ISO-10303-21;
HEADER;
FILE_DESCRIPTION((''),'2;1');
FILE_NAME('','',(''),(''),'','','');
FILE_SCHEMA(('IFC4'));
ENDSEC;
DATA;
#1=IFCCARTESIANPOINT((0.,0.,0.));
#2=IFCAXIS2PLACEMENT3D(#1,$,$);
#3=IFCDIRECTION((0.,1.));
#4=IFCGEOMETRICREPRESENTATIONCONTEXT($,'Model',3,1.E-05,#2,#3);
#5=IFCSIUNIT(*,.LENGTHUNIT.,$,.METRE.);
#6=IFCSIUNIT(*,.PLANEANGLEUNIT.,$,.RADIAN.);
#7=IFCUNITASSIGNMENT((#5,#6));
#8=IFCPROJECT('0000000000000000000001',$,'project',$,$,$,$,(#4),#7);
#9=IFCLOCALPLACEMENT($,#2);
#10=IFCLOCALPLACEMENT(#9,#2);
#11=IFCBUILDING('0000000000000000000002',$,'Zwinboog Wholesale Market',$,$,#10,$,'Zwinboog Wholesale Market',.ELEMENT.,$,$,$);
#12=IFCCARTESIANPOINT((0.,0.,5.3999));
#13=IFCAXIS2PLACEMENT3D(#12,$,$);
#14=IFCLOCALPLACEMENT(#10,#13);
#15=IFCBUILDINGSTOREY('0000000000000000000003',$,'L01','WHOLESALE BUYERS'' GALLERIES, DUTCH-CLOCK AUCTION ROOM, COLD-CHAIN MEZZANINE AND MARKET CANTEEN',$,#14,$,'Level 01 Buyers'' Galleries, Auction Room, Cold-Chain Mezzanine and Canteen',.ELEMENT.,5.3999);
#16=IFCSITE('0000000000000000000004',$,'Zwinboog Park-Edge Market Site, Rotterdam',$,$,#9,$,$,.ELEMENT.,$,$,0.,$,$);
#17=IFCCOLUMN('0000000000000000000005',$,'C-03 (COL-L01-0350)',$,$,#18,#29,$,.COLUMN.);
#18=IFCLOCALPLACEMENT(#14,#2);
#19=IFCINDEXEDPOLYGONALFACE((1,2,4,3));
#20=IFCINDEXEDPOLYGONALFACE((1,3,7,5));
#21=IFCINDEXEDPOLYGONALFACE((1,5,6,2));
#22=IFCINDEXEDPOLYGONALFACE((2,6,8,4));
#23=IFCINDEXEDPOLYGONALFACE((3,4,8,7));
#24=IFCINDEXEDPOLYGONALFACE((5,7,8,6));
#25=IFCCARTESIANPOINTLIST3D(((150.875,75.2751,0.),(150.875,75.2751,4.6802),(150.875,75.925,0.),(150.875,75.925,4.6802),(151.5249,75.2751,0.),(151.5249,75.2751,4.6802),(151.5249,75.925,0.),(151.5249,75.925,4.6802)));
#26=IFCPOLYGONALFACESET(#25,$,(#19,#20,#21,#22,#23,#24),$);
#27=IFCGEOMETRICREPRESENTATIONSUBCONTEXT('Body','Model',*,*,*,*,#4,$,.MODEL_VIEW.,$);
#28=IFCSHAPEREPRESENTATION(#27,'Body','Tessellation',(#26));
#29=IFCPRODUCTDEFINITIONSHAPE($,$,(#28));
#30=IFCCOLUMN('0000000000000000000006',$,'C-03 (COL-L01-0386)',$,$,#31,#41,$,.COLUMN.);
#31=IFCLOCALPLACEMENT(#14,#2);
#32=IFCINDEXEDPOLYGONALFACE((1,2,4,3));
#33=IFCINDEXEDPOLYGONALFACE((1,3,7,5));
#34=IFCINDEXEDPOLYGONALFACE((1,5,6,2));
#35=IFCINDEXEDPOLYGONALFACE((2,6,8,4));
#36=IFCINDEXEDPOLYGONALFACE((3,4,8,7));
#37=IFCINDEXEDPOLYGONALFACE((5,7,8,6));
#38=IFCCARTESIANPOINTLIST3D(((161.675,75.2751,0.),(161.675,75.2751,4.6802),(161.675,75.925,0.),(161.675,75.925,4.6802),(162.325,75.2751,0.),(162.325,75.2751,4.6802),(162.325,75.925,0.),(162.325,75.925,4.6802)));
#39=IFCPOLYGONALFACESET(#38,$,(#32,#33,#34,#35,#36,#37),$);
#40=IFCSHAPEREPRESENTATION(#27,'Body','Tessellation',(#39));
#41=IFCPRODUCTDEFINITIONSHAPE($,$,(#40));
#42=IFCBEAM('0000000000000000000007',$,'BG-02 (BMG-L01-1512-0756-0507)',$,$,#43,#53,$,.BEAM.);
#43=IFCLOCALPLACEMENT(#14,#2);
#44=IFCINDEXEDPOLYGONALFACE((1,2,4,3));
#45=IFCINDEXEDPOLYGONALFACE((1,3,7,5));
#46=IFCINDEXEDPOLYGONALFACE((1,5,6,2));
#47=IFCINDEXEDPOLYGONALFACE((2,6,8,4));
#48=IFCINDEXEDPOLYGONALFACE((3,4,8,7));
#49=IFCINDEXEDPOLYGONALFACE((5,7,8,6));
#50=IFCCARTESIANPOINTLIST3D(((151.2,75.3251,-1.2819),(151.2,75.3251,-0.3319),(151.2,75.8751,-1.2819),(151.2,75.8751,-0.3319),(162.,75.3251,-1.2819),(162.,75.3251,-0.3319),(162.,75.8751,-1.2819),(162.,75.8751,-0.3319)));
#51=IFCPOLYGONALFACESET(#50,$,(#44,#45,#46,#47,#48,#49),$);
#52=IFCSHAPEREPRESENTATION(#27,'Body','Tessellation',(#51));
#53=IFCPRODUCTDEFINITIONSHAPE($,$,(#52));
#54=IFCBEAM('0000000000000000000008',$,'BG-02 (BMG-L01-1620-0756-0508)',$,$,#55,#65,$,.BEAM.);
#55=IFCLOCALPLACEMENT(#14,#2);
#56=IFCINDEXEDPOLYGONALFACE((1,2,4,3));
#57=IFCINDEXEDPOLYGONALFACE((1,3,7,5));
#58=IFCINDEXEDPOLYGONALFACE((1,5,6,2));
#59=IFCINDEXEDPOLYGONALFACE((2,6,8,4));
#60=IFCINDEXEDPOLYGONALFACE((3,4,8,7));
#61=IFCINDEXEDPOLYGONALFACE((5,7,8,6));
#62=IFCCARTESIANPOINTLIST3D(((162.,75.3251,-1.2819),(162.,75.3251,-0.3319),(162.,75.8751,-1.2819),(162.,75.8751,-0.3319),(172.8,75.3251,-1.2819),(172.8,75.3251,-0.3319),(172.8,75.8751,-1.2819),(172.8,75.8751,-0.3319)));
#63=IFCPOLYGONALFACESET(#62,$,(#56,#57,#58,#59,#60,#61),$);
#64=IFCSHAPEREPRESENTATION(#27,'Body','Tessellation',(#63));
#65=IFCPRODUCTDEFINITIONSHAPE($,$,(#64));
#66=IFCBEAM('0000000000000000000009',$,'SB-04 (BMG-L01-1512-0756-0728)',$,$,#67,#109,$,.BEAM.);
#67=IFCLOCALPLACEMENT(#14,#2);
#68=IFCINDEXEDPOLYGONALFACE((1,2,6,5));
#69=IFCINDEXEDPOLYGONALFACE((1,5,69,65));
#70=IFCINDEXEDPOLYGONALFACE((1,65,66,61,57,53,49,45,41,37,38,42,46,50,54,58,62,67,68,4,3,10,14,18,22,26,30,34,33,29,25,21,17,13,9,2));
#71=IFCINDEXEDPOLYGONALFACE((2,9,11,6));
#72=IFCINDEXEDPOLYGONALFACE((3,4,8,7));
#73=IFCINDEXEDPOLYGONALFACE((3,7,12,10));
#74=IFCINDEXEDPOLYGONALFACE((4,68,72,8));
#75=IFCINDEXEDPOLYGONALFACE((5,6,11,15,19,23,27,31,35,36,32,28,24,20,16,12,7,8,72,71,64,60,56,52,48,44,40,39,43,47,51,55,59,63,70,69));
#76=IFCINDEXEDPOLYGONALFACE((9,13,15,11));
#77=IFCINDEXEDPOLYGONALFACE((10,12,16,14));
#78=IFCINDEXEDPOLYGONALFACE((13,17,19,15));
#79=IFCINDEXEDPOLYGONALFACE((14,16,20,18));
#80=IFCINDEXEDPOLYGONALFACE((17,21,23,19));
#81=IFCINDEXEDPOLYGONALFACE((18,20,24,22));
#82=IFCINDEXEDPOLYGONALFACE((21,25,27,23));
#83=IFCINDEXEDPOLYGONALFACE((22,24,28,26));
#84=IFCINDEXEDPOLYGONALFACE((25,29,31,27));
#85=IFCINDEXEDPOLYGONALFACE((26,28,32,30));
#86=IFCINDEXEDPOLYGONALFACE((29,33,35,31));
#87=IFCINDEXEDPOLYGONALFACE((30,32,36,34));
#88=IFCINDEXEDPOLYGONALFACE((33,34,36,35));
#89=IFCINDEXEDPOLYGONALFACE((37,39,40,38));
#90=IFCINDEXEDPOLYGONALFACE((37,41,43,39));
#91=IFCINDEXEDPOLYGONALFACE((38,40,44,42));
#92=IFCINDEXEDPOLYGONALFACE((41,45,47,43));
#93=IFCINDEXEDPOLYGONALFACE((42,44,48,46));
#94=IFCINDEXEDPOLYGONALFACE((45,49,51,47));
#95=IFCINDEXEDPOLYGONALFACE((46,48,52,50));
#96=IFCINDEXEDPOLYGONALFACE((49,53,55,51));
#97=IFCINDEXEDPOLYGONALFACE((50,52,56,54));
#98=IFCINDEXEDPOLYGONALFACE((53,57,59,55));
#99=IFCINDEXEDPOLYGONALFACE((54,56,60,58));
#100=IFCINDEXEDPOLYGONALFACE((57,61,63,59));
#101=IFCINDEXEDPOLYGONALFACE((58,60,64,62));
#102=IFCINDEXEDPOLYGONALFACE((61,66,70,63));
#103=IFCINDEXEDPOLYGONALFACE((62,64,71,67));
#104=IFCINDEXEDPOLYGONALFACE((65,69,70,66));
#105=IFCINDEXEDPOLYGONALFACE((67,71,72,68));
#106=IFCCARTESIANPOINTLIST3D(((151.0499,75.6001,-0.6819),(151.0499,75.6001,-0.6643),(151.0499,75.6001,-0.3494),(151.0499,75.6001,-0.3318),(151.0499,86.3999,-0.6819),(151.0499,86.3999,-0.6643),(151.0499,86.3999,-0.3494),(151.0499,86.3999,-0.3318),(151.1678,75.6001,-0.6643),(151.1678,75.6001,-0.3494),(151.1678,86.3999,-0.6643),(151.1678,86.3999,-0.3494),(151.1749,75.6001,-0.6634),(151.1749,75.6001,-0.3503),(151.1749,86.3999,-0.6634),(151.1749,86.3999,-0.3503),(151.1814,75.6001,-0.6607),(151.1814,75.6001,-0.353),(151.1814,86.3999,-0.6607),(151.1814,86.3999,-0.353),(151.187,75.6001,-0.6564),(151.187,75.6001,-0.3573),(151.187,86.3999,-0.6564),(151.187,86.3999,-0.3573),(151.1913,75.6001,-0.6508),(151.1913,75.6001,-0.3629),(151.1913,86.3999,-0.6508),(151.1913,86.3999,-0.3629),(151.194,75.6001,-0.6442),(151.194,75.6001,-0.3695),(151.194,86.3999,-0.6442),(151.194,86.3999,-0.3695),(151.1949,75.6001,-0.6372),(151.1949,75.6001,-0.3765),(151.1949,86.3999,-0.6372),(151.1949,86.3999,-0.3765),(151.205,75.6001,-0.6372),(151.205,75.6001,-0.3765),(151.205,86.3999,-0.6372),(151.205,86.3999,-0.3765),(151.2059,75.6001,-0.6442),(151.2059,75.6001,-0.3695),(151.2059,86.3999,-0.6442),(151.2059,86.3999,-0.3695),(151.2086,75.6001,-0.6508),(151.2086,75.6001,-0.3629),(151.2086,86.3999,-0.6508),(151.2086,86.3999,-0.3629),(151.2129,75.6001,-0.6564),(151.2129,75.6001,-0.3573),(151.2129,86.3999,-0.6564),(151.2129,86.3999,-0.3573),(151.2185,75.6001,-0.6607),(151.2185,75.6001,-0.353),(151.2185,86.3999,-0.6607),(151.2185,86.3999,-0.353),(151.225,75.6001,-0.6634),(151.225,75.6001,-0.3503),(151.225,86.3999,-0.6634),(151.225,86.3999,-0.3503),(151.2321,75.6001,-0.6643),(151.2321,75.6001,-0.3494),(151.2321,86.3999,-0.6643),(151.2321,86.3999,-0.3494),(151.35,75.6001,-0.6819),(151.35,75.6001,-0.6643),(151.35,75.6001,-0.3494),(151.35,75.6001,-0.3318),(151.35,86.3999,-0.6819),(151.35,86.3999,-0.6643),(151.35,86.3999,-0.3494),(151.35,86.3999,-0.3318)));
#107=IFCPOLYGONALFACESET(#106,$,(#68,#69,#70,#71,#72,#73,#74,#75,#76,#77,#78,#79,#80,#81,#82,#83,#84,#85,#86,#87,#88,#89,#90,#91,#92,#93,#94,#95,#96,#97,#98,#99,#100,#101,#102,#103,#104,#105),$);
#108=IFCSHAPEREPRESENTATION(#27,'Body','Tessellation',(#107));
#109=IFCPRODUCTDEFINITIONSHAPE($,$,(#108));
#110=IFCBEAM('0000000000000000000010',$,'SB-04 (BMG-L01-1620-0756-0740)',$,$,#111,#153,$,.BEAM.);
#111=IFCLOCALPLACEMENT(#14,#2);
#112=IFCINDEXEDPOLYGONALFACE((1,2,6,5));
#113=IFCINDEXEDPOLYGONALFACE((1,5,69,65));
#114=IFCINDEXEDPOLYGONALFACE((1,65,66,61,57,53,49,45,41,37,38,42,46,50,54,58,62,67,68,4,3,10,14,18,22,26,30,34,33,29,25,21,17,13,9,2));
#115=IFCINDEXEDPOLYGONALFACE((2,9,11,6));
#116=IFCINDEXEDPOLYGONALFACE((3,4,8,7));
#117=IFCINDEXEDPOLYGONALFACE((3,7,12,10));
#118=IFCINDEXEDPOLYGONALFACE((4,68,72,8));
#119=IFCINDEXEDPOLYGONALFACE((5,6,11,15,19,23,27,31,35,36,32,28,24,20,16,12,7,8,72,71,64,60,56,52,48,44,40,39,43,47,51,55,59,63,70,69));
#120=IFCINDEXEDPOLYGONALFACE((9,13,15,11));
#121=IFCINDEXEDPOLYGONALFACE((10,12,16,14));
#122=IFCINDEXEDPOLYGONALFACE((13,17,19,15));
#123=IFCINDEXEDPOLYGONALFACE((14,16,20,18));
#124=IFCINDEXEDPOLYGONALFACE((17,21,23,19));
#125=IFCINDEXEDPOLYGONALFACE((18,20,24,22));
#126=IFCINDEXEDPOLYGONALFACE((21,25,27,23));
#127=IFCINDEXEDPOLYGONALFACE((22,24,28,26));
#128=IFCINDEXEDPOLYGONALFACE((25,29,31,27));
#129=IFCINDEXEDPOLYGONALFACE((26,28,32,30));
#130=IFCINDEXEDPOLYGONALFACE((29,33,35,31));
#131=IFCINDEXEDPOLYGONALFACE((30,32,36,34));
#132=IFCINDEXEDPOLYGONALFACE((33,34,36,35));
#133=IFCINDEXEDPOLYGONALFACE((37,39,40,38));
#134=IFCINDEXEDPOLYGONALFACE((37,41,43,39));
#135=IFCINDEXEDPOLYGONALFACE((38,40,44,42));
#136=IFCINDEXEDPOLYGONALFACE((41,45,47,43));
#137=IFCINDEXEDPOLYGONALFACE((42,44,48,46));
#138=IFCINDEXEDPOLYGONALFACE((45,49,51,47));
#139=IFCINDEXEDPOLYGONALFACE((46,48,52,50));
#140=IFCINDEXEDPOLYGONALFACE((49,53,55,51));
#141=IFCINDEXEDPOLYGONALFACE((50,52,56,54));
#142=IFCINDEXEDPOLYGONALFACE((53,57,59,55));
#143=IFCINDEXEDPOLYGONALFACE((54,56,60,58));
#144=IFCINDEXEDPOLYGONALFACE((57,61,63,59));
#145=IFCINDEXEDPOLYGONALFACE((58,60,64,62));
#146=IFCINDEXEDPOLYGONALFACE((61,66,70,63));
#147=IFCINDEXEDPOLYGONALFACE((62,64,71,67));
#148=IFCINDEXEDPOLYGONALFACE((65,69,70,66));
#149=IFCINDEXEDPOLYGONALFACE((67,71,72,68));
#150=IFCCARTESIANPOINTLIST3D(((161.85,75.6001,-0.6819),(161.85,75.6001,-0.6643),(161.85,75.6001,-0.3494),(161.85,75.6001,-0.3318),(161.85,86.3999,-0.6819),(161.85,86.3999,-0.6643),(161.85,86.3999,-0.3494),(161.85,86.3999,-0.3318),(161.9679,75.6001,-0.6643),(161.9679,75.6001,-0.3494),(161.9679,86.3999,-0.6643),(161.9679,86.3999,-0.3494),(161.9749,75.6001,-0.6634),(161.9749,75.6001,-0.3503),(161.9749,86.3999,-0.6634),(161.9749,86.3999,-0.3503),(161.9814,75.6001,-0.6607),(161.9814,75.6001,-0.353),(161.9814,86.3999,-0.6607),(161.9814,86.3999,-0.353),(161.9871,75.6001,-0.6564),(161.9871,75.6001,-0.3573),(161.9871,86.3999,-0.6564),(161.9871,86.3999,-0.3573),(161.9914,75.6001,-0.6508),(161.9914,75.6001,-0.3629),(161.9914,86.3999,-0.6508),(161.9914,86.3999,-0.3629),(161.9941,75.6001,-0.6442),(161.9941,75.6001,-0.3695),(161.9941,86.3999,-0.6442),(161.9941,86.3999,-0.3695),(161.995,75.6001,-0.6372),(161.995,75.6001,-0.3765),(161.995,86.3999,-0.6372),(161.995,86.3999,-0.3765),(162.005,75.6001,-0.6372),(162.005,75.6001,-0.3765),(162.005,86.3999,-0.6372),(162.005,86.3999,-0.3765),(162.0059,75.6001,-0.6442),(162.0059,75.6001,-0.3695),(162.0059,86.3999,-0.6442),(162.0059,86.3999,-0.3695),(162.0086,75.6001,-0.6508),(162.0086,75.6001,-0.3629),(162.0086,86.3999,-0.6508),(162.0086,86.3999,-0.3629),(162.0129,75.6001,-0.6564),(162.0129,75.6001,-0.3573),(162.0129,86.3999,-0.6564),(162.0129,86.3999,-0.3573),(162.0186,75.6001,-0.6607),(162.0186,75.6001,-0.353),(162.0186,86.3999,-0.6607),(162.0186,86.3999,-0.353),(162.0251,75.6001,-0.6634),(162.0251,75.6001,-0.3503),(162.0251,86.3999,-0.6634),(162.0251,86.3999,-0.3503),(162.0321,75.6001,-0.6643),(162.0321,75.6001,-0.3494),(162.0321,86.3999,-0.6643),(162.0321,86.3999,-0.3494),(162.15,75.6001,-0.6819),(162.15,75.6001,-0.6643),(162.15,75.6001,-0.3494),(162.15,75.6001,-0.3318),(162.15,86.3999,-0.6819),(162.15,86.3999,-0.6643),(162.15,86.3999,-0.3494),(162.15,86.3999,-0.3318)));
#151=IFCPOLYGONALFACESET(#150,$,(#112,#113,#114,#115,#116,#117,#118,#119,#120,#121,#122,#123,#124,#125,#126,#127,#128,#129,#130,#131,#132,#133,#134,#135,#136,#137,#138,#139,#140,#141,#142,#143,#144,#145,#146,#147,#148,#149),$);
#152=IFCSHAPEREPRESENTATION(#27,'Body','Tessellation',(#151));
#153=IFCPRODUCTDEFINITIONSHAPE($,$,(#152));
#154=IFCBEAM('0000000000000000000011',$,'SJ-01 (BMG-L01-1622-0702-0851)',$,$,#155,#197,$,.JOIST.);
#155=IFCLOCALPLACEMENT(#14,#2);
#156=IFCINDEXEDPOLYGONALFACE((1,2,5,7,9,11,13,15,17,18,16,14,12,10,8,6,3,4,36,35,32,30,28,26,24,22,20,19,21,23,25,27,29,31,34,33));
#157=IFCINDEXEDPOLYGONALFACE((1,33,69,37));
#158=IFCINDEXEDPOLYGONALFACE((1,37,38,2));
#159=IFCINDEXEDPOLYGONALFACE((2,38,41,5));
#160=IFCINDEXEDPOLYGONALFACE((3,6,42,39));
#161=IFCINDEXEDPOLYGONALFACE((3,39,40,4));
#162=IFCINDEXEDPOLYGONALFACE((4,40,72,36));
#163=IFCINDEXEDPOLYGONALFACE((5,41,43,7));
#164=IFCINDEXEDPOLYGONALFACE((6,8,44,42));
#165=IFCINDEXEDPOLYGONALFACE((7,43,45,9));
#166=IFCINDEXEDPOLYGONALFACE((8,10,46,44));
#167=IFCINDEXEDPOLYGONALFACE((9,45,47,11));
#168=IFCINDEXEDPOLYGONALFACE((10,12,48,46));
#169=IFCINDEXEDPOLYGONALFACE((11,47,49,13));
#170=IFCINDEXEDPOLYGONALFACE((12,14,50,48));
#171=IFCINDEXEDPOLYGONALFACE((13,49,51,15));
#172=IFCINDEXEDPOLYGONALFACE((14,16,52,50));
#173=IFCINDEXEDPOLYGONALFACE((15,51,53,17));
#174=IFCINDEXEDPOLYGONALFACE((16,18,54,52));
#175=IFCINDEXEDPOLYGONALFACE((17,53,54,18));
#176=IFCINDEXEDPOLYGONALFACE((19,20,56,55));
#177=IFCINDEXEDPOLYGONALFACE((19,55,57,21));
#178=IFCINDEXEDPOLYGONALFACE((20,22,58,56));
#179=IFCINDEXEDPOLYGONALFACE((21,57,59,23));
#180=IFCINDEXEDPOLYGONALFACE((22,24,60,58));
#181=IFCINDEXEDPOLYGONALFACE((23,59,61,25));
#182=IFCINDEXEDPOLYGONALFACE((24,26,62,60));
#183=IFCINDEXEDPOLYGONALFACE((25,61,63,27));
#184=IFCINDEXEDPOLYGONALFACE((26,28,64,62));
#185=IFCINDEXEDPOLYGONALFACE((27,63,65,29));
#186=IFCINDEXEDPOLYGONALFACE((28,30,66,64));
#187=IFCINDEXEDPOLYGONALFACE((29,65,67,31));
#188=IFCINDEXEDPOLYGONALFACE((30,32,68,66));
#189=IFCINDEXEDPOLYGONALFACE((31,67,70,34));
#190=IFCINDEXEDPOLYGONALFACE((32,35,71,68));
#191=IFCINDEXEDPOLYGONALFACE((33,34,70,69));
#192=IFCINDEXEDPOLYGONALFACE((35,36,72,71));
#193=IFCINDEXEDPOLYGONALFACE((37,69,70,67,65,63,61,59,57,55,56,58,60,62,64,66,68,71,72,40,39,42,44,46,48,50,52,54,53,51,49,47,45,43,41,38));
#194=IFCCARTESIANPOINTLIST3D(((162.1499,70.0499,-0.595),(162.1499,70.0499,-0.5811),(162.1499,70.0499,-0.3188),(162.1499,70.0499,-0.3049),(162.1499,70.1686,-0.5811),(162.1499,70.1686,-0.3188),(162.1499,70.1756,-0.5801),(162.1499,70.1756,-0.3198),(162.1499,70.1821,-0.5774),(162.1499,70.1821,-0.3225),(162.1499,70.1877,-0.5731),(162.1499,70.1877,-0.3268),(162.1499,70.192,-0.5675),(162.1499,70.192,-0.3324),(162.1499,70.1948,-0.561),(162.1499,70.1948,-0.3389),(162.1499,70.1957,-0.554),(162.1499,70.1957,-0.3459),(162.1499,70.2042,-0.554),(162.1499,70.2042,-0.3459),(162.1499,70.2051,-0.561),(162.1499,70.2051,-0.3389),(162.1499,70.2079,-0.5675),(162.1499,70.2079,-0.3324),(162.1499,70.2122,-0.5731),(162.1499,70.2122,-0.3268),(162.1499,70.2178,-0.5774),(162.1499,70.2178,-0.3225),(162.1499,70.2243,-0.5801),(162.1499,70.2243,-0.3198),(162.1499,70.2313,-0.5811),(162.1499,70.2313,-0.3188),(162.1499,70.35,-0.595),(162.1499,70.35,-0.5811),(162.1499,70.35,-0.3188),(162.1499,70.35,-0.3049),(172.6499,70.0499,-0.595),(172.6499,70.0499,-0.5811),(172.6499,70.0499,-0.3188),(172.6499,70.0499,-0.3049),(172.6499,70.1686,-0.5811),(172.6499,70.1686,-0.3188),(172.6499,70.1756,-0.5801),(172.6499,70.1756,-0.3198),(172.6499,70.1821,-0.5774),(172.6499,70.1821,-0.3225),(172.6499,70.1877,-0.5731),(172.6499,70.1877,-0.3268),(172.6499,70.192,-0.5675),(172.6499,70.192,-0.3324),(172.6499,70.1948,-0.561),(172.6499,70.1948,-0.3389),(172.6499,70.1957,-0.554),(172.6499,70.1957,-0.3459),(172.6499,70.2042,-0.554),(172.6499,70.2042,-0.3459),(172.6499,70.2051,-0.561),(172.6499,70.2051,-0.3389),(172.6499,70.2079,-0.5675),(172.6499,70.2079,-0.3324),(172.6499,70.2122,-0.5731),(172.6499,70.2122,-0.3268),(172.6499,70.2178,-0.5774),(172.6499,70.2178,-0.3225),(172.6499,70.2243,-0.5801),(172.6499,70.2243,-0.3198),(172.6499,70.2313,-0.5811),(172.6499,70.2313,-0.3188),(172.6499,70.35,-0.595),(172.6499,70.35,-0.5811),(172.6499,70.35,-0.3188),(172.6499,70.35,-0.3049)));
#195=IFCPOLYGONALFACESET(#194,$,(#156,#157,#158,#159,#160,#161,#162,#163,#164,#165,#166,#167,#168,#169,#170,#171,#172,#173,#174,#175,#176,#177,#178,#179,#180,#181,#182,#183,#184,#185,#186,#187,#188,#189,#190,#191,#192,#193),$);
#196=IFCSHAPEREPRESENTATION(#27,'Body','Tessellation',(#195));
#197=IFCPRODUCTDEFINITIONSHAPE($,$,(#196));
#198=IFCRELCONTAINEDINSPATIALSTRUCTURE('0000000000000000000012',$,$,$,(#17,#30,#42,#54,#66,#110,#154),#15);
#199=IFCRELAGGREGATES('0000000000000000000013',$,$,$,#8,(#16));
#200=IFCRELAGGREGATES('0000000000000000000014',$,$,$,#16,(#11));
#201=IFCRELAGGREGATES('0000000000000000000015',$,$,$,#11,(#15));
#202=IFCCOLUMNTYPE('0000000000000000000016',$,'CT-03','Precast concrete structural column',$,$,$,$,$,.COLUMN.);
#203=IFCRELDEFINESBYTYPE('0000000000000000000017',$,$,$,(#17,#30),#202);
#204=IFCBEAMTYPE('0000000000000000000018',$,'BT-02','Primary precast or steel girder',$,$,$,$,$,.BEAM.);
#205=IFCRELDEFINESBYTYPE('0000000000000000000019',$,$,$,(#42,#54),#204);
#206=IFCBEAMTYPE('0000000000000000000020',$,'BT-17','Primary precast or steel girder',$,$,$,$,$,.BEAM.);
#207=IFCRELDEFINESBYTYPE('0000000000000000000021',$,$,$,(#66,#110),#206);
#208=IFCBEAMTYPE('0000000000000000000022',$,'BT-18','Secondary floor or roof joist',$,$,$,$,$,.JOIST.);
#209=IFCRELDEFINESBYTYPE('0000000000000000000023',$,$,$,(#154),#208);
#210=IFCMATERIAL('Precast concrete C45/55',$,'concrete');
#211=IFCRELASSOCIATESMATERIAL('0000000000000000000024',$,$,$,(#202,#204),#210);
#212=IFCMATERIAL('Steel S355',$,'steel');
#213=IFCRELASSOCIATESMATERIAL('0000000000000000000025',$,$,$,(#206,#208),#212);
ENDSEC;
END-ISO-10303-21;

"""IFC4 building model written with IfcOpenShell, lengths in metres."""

from ifc_helpers import new_model, si_unit, direction, frame, origin, origin_2d, place, context, subcontext, project, spatial, rectangle, i_section, extrude, material, material_profile, profile_set, type_object, element, save


model = new_model("IFC4")

# Units and contexts
model_context = context("Model", 3, precision=1e-05, world=origin(), true_north=direction((0.0, 1.0)))
body_context = subcontext(model_context, "Body", "Model", "MODEL_VIEW")
ifc_project = project(units=[si_unit("LENGTHUNIT", "METRE"), si_unit("PLANEANGLEUNIT", "RADIAN")], contexts=[model_context])

# Site, building, storey
site_placement = place(None, origin())
site = spatial("IfcSite", under=ifc_project, at=site_placement, Name="Zwinboog Park-Edge Market Site, Rotterdam", CompositionType="ELEMENT", RefElevation=0.0)
building_placement = place(site_placement, origin())
building = spatial("IfcBuilding", under=site, at=building_placement, Name="Zwinboog Wholesale Market", LongName="Zwinboog Wholesale Market", CompositionType="ELEMENT")
storey_placement = place(building_placement, frame((0.0, 0.0, 5.3999)))
storey = spatial("IfcBuildingStorey", under=building, at=storey_placement, Name="L01", Description="WHOLESALE BUYERS' GALLERIES, DUTCH-CLOCK AUCTION ROOM, COLD-CHAIN MEZZANINE AND MARKET CANTEEN", LongName="Level 01 Buyers' Galleries, Auction Room, Cold-Chain Mezzanine and Canteen", CompositionType="ELEMENT", Elevation=5.3999)

# Columns
ifc_material_1 = material(Name="Precast concrete C45/55", Category="concrete")
ifc_material_profile_1 = material_profile(ifc_material_1, rectangle(XDim=0.6499, YDim=0.6499, at=origin_2d()), Name="PC 650x650")
ifc_profile_set_1 = profile_set([ifc_material_profile_1], Name="Precast concrete C45/55")
column_type = type_object("IfcColumnType", Name="CT-03", Description="Precast concrete structural column", PredefinedType="COLUMN", material=ifc_profile_set_1)
for number, where, z_axis, x_axis, name in (
    (1, (151.2, 75.6001, 0.0), (0.0, 0.0, 1.0), (1.0, 0.0, 0.0), "C-03 (COL-L01-0350)"),
    (2, (162.0, 75.6001, 0.0), (0.0, 0.0, 1.0), (1.0, 0.0, 0.0), "C-03 (COL-L01-0386)"),
):
    element("IfcColumn", number, at=place(storey_placement, frame(where, z_axis=z_axis, x_axis=x_axis)), inside=storey, type_object=column_type, Name=name, PredefinedType="COLUMN", context=body_context, shape_type="SweptSolid", body=[
        extrude(rectangle(XDim=0.6499, YDim=0.6499, at=origin_2d()), origin(), (0.0, 0.0, 1.0), 4.6802),
    ])

# Beams
ifc_material_profile_2 = material_profile(ifc_material_1, rectangle(XDim=0.55, YDim=0.95, at=origin_2d()), Name="PC 550x950")
ifc_profile_set_2 = profile_set([ifc_material_profile_2], Name="Precast concrete C45/55")
beam_type_1 = type_object("IfcBeamType", Name="BT-02", Description="Primary precast or steel girder", PredefinedType="BEAM", material=ifc_profile_set_2)
for number, where, z_axis, x_axis, name in (
    (3, (151.2, 75.6001, -0.8069), (1.0, 0.0, 0.0), (0.0, 1.0, 0.0), "BG-02 (BMG-L01-1512-0756-0507)"),
    (4, (162.0, 75.6001, -0.8069), (1.0, 0.0, 0.0), (0.0, 1.0, 0.0), "BG-02 (BMG-L01-1620-0756-0508)"),
):
    element("IfcBeam", number, at=place(storey_placement, frame(where, z_axis=z_axis, x_axis=x_axis)), inside=storey, type_object=beam_type_1, Name=name, PredefinedType="BEAM", context=body_context, shape_type="SweptSolid", body=[
        extrude(rectangle(XDim=0.55, YDim=0.95, at=origin_2d()), origin(), (0.0, 0.0, 1.0), 10.8),
    ])
ifc_material_2 = material(Name="Steel S355", Category="steel")
ifc_material_profile_3 = material_profile(ifc_material_2, i_section(OverallWidth=0.3, OverallDepth=0.3501, WebThickness=0.01, FlangeThickness=0.0176, FilletRadius=0.0271, at=origin_2d()), Name="HEA 360")
ifc_profile_set_3 = profile_set([ifc_material_profile_3], Name="Steel S355")
beam_type_2 = type_object("IfcBeamType", Name="BT-17", Description="Primary precast or steel girder", PredefinedType="BEAM", material=ifc_profile_set_3)
for number, where, z_axis, x_axis, name in (
    (5, (151.2, 75.6001, -0.5068), (0.0, 1.0, 0.0), (-1.0, 0.0, 0.0), "SB-04 (BMG-L01-1512-0756-0728)"),
    (6, (162.0, 75.6001, -0.5068), (0.0, 1.0, 0.0), (-1.0, 0.0, 0.0), "SB-04 (BMG-L01-1620-0756-0740)"),
):
    element("IfcBeam", number, at=place(storey_placement, frame(where, z_axis=z_axis, x_axis=x_axis)), inside=storey, type_object=beam_type_2, Name=name, PredefinedType="BEAM", context=body_context, shape_type="SweptSolid", body=[
        extrude(i_section(OverallWidth=0.3, OverallDepth=0.3501, WebThickness=0.01, FlangeThickness=0.0176, FilletRadius=0.0271, at=origin_2d()), origin(), (0.0, 0.0, 1.0), 10.7998),
    ])
ifc_material_profile_4 = material_profile(ifc_material_2, i_section(OverallWidth=0.3, OverallDepth=0.29, WebThickness=0.0085, FlangeThickness=0.0139, FilletRadius=0.0271, at=origin_2d()), Name="HEA 300")
ifc_profile_set_4 = profile_set([ifc_material_profile_4], Name="Steel S355")
beam_type_3 = type_object("IfcBeamType", Name="BT-18", Description="Secondary floor or roof joist", PredefinedType="JOIST", material=ifc_profile_set_4)
beam_1_placement = place(storey_placement, frame((162.1499, 70.2, -0.45), z_axis=(1.0, 0.0, 0.0), x_axis=(0.0, 1.0, 0.0)))
element("IfcBeam", 7, at=beam_1_placement, inside=storey, type_object=beam_type_3, Name="SJ-01 (BMG-L01-1622-0702-0851)", PredefinedType="JOIST", context=body_context, shape_type="SweptSolid", body=[
    extrude(i_section(OverallWidth=0.3, OverallDepth=0.29, WebThickness=0.0085, FlangeThickness=0.0139, FilletRadius=0.0271, at=origin_2d()), origin(), (0.0, 0.0, 1.0), 10.5),
])

save(model, "model.ifc")
